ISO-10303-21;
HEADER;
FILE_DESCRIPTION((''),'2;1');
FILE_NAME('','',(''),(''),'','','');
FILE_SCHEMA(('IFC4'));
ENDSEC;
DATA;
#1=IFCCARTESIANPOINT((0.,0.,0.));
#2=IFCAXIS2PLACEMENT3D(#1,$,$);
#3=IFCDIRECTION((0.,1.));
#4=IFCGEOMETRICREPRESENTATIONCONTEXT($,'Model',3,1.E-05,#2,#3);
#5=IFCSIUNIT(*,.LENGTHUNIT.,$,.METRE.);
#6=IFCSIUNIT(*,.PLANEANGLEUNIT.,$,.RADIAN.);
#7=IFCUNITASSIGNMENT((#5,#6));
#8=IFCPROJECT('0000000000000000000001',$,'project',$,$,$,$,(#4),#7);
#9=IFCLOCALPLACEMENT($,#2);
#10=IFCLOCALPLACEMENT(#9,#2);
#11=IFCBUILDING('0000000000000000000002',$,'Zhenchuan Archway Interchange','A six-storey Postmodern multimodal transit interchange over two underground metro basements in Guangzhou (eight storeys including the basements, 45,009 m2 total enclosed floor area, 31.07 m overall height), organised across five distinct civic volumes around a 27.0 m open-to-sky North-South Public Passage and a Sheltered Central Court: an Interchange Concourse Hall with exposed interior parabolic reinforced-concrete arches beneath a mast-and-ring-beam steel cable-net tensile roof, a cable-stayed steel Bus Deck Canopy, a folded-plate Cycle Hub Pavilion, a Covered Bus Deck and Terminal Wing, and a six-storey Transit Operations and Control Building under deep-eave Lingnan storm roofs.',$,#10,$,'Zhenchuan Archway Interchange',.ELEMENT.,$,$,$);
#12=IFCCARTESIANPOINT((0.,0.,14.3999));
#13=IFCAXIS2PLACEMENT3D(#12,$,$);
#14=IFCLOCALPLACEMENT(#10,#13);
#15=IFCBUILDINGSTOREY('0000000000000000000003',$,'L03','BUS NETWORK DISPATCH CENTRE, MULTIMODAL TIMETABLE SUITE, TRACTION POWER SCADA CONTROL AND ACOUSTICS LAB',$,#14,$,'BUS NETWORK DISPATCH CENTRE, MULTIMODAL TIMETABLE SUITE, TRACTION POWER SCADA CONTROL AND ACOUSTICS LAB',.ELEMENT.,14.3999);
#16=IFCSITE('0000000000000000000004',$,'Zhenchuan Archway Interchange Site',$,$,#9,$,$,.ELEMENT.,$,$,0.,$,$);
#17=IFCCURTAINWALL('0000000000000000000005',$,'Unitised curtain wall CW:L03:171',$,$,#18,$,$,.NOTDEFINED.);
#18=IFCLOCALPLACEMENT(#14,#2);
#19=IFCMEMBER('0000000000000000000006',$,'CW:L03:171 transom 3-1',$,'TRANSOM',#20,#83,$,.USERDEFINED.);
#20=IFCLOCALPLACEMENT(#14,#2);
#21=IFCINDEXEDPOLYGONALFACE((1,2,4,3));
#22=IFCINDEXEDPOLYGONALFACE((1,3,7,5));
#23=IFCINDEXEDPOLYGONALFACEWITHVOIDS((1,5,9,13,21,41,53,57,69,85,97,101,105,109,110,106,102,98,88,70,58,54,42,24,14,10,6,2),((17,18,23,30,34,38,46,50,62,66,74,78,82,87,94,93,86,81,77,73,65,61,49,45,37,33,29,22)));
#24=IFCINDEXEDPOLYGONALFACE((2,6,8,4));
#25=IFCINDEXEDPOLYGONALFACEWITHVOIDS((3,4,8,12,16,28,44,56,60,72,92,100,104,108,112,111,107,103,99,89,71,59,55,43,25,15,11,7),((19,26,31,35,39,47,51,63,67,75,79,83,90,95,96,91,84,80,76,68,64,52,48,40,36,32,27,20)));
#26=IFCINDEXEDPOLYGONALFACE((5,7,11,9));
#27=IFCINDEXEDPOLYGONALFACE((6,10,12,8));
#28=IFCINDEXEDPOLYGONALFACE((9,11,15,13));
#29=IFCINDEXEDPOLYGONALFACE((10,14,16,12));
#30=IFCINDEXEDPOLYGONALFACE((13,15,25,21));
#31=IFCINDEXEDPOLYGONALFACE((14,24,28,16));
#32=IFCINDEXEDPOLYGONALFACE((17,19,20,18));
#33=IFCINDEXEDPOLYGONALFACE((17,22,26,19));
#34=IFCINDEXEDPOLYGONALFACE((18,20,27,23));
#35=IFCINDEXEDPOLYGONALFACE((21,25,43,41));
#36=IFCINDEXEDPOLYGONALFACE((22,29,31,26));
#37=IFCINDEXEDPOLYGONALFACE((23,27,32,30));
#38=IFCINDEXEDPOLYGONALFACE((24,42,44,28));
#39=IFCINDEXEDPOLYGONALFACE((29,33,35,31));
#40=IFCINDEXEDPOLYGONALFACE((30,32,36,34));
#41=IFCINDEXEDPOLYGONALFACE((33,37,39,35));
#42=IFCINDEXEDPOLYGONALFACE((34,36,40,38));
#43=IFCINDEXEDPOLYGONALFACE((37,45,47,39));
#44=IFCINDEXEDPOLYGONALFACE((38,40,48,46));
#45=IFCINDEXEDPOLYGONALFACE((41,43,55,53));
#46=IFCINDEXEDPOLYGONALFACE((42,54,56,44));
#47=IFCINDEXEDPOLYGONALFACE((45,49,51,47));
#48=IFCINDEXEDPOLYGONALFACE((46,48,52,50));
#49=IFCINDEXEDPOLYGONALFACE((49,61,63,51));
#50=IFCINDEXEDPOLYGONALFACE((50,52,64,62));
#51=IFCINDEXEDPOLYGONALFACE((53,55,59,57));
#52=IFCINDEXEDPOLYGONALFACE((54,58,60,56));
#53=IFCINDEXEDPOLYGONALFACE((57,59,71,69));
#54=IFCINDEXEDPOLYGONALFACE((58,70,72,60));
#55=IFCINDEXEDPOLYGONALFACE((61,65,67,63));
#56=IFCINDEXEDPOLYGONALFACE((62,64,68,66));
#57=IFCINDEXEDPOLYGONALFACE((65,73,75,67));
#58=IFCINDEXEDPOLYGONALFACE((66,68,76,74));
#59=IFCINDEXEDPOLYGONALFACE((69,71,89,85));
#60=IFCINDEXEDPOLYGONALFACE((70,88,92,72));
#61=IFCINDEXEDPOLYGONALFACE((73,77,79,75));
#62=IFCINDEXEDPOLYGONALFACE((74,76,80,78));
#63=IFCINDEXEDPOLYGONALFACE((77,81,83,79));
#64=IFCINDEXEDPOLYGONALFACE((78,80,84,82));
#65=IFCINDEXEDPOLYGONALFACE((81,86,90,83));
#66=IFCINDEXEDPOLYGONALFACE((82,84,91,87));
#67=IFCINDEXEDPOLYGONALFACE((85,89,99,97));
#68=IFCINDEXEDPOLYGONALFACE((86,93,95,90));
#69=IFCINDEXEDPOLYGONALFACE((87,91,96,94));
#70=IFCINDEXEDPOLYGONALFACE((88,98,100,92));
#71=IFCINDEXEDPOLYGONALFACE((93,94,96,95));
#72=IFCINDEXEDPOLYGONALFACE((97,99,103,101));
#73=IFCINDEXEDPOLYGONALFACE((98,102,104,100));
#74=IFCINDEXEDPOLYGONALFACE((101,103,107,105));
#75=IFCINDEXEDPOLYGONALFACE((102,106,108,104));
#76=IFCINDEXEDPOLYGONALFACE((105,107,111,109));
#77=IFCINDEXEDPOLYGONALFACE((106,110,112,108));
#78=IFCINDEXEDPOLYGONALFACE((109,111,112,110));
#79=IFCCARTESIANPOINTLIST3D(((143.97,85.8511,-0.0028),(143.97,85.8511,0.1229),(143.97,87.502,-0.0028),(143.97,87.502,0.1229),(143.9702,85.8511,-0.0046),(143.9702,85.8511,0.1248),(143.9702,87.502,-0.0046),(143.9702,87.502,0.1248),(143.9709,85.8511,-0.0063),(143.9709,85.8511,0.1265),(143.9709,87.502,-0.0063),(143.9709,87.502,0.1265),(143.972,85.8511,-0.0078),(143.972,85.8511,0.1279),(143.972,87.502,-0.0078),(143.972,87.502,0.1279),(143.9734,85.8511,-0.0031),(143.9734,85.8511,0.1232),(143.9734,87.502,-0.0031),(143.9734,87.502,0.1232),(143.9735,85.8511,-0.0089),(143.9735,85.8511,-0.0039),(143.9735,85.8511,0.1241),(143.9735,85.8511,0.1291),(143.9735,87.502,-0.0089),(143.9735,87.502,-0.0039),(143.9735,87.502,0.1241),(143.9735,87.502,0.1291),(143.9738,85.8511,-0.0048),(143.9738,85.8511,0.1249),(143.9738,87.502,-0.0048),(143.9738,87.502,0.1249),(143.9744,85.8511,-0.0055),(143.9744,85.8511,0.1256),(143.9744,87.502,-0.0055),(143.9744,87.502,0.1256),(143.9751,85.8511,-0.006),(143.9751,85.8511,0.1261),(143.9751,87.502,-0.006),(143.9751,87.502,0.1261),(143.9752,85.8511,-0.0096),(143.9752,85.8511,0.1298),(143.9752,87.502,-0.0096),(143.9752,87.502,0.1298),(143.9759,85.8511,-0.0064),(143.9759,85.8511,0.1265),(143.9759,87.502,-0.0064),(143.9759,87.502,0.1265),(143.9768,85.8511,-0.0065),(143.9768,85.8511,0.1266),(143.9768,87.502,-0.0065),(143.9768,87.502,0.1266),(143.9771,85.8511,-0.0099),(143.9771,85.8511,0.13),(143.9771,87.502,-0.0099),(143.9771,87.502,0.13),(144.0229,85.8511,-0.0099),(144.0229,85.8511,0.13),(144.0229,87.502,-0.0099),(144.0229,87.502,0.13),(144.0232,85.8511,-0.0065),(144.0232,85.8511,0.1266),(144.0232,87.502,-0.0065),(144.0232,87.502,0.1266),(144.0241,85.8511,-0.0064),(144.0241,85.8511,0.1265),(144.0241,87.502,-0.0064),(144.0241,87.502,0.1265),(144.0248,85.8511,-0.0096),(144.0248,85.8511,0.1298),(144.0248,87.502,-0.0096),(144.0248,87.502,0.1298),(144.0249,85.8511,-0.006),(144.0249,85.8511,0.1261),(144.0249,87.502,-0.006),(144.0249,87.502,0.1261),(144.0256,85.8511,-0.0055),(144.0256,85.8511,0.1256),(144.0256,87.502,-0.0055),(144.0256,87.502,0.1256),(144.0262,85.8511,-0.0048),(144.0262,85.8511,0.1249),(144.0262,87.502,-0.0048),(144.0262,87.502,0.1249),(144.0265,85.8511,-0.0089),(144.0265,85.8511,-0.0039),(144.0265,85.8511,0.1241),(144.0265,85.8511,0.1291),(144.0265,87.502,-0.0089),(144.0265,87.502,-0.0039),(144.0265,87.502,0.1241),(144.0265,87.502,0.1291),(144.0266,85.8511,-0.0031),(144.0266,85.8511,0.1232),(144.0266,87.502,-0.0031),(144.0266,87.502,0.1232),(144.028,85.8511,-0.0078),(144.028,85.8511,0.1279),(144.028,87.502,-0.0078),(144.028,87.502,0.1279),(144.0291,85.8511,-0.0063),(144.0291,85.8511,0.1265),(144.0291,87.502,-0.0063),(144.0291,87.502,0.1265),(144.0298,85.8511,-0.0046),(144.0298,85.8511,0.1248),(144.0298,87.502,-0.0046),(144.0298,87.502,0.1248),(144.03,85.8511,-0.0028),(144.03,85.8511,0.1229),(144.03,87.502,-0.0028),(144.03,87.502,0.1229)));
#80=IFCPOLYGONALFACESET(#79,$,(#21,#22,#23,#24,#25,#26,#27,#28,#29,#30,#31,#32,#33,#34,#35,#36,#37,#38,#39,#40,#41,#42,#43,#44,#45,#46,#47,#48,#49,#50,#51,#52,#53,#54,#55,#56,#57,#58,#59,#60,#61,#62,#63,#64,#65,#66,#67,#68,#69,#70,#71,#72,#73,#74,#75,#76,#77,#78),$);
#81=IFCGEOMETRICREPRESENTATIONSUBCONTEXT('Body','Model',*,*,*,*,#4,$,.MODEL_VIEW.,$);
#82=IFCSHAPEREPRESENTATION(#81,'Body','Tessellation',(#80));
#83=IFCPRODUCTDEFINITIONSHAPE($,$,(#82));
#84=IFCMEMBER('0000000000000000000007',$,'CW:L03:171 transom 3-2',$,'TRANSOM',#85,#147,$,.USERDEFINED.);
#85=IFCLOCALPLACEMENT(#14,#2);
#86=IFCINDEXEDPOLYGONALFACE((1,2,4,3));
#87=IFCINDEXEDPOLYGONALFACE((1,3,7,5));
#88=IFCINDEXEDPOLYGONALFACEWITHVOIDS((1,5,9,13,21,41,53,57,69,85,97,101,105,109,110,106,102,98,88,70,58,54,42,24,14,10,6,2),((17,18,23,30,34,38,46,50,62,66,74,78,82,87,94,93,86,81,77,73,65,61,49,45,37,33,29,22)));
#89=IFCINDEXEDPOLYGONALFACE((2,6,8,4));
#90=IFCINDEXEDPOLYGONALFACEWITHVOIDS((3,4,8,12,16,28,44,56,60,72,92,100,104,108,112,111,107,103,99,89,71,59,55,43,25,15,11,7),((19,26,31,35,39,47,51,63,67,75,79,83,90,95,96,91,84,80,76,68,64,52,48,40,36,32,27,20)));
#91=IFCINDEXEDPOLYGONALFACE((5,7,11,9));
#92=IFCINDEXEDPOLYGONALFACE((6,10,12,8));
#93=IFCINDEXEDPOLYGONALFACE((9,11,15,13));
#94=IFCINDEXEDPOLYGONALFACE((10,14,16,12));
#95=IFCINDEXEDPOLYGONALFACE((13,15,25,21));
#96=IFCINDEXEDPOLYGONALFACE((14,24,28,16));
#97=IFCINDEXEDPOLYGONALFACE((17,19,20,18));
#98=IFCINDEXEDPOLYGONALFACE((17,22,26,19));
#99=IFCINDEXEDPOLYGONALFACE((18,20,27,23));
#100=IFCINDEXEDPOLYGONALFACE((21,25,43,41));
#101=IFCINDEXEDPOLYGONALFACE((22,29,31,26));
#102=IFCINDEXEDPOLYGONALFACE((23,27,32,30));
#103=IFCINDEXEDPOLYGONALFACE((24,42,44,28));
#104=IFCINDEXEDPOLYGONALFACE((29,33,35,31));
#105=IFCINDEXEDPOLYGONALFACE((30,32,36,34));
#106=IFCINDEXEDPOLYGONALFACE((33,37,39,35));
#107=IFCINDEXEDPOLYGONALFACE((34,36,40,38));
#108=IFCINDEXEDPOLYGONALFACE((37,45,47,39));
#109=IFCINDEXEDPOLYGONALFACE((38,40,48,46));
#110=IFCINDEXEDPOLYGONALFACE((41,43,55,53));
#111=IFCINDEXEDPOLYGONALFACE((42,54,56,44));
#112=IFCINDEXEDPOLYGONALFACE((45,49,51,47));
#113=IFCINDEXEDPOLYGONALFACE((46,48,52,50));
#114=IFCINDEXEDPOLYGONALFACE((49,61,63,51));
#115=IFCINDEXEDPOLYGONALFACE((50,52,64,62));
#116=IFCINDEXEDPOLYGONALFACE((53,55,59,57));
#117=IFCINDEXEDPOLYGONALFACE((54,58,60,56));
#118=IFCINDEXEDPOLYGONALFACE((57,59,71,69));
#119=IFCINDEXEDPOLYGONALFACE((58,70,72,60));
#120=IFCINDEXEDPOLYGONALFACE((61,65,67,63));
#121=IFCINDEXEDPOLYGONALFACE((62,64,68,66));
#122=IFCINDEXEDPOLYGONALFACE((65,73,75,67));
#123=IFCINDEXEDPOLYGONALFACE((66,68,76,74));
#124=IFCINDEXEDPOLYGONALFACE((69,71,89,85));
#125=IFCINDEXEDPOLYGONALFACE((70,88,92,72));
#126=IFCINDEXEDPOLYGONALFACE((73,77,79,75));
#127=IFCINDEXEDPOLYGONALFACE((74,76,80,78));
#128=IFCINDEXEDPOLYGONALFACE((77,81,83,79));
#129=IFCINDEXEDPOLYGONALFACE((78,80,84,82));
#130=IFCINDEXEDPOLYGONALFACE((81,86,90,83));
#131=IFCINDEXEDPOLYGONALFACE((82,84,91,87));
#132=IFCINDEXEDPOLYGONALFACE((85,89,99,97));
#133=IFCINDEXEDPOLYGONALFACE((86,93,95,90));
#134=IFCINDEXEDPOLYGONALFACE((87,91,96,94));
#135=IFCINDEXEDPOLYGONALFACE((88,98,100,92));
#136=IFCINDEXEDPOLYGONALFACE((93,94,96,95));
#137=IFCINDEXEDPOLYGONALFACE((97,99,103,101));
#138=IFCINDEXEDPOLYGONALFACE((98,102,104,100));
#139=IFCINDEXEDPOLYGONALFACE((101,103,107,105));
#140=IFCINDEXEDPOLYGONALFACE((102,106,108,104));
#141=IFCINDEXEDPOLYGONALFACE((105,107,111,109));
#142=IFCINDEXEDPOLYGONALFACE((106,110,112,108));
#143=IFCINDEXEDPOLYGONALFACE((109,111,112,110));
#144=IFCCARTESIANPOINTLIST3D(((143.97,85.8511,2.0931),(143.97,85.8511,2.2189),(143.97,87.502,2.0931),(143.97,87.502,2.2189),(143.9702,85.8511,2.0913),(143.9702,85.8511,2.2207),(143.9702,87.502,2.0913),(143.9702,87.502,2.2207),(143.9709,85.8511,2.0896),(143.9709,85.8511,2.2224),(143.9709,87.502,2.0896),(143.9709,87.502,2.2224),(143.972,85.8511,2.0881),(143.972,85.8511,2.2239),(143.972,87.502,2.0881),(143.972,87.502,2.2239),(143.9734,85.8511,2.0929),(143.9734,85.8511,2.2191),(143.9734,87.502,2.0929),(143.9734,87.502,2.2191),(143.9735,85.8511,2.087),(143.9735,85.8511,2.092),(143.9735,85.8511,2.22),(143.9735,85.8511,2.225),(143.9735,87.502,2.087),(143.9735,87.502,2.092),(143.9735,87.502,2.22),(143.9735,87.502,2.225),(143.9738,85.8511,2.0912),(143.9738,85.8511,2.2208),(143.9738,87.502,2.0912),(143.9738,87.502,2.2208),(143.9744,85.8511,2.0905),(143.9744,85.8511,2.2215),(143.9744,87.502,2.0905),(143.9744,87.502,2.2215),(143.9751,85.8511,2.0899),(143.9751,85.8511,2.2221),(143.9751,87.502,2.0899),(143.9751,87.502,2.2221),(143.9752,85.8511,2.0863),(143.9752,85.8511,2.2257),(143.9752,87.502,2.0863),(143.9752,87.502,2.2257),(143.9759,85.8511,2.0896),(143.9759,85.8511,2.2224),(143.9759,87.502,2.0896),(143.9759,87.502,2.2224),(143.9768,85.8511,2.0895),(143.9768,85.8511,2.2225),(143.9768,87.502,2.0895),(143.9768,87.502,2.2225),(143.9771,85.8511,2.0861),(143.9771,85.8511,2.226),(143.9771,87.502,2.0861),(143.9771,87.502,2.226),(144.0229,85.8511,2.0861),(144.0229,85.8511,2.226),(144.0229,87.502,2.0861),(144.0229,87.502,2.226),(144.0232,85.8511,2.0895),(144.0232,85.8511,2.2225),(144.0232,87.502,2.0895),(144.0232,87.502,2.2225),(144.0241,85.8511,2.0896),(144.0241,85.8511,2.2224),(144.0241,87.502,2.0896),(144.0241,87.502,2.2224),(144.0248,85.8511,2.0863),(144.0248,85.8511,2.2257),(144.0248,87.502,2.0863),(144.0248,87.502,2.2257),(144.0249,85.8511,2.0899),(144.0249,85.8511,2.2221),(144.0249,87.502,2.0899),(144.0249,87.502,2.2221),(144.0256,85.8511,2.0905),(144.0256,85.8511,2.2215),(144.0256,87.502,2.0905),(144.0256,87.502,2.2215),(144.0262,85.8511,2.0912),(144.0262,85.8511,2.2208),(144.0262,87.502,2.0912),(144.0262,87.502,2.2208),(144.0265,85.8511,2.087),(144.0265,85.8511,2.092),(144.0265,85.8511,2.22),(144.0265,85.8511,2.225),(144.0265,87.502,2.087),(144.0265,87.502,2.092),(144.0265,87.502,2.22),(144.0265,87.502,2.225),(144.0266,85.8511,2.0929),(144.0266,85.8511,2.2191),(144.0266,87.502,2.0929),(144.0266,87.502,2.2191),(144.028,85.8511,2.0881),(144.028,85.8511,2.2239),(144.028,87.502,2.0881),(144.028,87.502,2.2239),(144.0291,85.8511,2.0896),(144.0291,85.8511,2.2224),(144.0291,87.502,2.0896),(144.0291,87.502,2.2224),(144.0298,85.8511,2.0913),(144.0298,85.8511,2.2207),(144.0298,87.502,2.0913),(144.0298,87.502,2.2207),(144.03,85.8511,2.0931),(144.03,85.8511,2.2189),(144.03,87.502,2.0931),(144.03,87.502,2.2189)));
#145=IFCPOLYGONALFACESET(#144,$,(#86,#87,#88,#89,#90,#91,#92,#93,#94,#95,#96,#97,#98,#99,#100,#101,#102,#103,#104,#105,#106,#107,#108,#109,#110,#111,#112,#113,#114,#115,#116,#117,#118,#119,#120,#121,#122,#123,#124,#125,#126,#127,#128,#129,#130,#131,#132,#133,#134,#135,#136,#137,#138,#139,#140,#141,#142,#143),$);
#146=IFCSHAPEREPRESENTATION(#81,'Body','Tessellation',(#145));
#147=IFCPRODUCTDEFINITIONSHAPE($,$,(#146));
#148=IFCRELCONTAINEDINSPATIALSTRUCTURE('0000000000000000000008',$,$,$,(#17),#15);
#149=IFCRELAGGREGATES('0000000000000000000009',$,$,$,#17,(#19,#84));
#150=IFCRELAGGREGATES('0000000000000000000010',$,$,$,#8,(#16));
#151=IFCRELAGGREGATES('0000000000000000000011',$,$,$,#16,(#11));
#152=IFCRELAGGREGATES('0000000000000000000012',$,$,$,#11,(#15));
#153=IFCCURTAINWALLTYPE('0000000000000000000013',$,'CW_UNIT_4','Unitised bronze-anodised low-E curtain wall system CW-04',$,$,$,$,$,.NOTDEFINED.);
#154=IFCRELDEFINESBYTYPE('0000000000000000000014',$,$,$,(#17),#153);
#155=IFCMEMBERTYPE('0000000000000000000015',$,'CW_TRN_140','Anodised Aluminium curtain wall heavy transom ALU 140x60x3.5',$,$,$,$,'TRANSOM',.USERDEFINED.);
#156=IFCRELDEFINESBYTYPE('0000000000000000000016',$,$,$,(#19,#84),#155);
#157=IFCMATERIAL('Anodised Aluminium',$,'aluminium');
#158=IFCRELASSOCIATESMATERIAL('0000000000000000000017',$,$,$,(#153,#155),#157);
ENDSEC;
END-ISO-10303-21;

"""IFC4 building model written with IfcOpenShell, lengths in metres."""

from ifc_helpers import new_model, si_unit, direction, frame, origin, origin_2d, place, context, subcontext, project, spatial, hollow_rectangle, extrude, material, material_profile, profile_set, type_object, element, aggregate, save


model = new_model("IFC4")

# Units and contexts
model_context = context("Model", 3, precision=1e-05, world=origin(), true_north=direction((0.0, 1.0)))
body_context = subcontext(model_context, "Body", "Model", "MODEL_VIEW")
ifc_project = project(units=[si_unit("LENGTHUNIT", "METRE"), si_unit("PLANEANGLEUNIT", "RADIAN")], contexts=[model_context])

# Site, building, storey
site_placement = place(None, origin())
site = spatial("IfcSite", under=ifc_project, at=site_placement, Name="Zhenchuan Archway Interchange Site", CompositionType="ELEMENT", RefElevation=0.0)
building_placement = place(site_placement, origin())
building = spatial("IfcBuilding", under=site, at=building_placement, Name="Zhenchuan Archway Interchange", Description="A six-storey Postmodern multimodal transit interchange over two underground metro basements in Guangzhou (eight storeys including the basements, 45,009 m2 total enclosed floor area, 31.07 m overall height), organised across five distinct civic volumes around a 27.0 m open-to-sky North-South Public Passage and a Sheltered Central Court: an Interchange Concourse Hall with exposed interior parabolic reinforced-concrete arches beneath a mast-and-ring-beam steel cable-net tensile roof, a cable-stayed steel Bus Deck Canopy, a folded-plate Cycle Hub Pavilion, a Covered Bus Deck and Terminal Wing, and a six-storey Transit Operations and Control Building under deep-eave Lingnan storm roofs.", LongName="Zhenchuan Archway Interchange", CompositionType="ELEMENT")
storey_placement = place(building_placement, frame((0.0, 0.0, 14.3999)))
storey = spatial("IfcBuildingStorey", under=building, at=storey_placement, Name="L03", Description="BUS NETWORK DISPATCH CENTRE, MULTIMODAL TIMETABLE SUITE, TRACTION POWER SCADA CONTROL AND ACOUSTICS LAB", LongName="BUS NETWORK DISPATCH CENTRE, MULTIMODAL TIMETABLE SUITE, TRACTION POWER SCADA CONTROL AND ACOUSTICS LAB", CompositionType="ELEMENT", Elevation=14.3999)

# Curtain wall, members
ifc_material_1 = material(Name="Anodised Aluminium", Category="aluminium")
curtain_wall_type = type_object("IfcCurtainWallType", Name="CW_UNIT_4", Description="Unitised bronze-anodised low-E curtain wall system CW-04", PredefinedType="NOTDEFINED", material=ifc_material_1)
curtain_wall_placement = place(storey_placement, origin())
curtain_wall = element("IfcCurtainWall", 1, at=curtain_wall_placement, inside=storey, type_object=curtain_wall_type, Name="Unitised curtain wall CW:L03:171", PredefinedType="NOTDEFINED")
ifc_material_profile_1 = material_profile(ifc_material_1, hollow_rectangle(XDim=0.0601, YDim=0.1399, WallThickness=0.0034, InnerFilletRadius=0.0034, OuterFilletRadius=0.0071, at=origin_2d()), Name="ALU 140x60x3.5")
ifc_profile_set_1 = profile_set([ifc_material_profile_1], Name="Anodised Aluminium")
member_type_1 = type_object("IfcMemberType", Name="CW_TRN_140", Description="Anodised Aluminium curtain wall heavy transom ALU 140x60x3.5", ElementType="TRANSOM", PredefinedType="USERDEFINED", material=ifc_profile_set_1)
member_1_placement = place(storey_placement, frame((144.0, 85.8511, 0.0601), z_axis=(0.0, 1.0, 0.0), x_axis=(-1.0, 0.0, 0.0)))
member_1 = element("IfcMember", 2, at=member_1_placement, type_object=member_type_1, Name="CW:L03:171 transom 3-1", ObjectType="TRANSOM", PredefinedType="USERDEFINED", context=body_context, shape_type="SweptSolid", body=[
    extrude(hollow_rectangle(XDim=0.0601, YDim=0.1399, WallThickness=0.0034, InnerFilletRadius=0.0034, OuterFilletRadius=0.0071, at=origin_2d()), origin(), (0.0, 0.0, 1.0), 1.6509),
])
member_2_placement = place(storey_placement, frame((144.0, 85.8511, 2.156), z_axis=(0.0, 1.0, 0.0), x_axis=(-1.0, 0.0, 0.0)))
member_2 = element("IfcMember", 3, at=member_2_placement, type_object=member_type_1, Name="CW:L03:171 transom 3-2", ObjectType="TRANSOM", PredefinedType="USERDEFINED", context=body_context, shape_type="SweptSolid", body=[
    extrude(hollow_rectangle(XDim=0.0601, YDim=0.1399, WallThickness=0.0034, InnerFilletRadius=0.0034, OuterFilletRadius=0.0071, at=origin_2d()), origin(), (0.0, 0.0, 1.0), 1.6509),
])

aggregate(curtain_wall, [member_1, member_2])

save(model, "model.ifc")
